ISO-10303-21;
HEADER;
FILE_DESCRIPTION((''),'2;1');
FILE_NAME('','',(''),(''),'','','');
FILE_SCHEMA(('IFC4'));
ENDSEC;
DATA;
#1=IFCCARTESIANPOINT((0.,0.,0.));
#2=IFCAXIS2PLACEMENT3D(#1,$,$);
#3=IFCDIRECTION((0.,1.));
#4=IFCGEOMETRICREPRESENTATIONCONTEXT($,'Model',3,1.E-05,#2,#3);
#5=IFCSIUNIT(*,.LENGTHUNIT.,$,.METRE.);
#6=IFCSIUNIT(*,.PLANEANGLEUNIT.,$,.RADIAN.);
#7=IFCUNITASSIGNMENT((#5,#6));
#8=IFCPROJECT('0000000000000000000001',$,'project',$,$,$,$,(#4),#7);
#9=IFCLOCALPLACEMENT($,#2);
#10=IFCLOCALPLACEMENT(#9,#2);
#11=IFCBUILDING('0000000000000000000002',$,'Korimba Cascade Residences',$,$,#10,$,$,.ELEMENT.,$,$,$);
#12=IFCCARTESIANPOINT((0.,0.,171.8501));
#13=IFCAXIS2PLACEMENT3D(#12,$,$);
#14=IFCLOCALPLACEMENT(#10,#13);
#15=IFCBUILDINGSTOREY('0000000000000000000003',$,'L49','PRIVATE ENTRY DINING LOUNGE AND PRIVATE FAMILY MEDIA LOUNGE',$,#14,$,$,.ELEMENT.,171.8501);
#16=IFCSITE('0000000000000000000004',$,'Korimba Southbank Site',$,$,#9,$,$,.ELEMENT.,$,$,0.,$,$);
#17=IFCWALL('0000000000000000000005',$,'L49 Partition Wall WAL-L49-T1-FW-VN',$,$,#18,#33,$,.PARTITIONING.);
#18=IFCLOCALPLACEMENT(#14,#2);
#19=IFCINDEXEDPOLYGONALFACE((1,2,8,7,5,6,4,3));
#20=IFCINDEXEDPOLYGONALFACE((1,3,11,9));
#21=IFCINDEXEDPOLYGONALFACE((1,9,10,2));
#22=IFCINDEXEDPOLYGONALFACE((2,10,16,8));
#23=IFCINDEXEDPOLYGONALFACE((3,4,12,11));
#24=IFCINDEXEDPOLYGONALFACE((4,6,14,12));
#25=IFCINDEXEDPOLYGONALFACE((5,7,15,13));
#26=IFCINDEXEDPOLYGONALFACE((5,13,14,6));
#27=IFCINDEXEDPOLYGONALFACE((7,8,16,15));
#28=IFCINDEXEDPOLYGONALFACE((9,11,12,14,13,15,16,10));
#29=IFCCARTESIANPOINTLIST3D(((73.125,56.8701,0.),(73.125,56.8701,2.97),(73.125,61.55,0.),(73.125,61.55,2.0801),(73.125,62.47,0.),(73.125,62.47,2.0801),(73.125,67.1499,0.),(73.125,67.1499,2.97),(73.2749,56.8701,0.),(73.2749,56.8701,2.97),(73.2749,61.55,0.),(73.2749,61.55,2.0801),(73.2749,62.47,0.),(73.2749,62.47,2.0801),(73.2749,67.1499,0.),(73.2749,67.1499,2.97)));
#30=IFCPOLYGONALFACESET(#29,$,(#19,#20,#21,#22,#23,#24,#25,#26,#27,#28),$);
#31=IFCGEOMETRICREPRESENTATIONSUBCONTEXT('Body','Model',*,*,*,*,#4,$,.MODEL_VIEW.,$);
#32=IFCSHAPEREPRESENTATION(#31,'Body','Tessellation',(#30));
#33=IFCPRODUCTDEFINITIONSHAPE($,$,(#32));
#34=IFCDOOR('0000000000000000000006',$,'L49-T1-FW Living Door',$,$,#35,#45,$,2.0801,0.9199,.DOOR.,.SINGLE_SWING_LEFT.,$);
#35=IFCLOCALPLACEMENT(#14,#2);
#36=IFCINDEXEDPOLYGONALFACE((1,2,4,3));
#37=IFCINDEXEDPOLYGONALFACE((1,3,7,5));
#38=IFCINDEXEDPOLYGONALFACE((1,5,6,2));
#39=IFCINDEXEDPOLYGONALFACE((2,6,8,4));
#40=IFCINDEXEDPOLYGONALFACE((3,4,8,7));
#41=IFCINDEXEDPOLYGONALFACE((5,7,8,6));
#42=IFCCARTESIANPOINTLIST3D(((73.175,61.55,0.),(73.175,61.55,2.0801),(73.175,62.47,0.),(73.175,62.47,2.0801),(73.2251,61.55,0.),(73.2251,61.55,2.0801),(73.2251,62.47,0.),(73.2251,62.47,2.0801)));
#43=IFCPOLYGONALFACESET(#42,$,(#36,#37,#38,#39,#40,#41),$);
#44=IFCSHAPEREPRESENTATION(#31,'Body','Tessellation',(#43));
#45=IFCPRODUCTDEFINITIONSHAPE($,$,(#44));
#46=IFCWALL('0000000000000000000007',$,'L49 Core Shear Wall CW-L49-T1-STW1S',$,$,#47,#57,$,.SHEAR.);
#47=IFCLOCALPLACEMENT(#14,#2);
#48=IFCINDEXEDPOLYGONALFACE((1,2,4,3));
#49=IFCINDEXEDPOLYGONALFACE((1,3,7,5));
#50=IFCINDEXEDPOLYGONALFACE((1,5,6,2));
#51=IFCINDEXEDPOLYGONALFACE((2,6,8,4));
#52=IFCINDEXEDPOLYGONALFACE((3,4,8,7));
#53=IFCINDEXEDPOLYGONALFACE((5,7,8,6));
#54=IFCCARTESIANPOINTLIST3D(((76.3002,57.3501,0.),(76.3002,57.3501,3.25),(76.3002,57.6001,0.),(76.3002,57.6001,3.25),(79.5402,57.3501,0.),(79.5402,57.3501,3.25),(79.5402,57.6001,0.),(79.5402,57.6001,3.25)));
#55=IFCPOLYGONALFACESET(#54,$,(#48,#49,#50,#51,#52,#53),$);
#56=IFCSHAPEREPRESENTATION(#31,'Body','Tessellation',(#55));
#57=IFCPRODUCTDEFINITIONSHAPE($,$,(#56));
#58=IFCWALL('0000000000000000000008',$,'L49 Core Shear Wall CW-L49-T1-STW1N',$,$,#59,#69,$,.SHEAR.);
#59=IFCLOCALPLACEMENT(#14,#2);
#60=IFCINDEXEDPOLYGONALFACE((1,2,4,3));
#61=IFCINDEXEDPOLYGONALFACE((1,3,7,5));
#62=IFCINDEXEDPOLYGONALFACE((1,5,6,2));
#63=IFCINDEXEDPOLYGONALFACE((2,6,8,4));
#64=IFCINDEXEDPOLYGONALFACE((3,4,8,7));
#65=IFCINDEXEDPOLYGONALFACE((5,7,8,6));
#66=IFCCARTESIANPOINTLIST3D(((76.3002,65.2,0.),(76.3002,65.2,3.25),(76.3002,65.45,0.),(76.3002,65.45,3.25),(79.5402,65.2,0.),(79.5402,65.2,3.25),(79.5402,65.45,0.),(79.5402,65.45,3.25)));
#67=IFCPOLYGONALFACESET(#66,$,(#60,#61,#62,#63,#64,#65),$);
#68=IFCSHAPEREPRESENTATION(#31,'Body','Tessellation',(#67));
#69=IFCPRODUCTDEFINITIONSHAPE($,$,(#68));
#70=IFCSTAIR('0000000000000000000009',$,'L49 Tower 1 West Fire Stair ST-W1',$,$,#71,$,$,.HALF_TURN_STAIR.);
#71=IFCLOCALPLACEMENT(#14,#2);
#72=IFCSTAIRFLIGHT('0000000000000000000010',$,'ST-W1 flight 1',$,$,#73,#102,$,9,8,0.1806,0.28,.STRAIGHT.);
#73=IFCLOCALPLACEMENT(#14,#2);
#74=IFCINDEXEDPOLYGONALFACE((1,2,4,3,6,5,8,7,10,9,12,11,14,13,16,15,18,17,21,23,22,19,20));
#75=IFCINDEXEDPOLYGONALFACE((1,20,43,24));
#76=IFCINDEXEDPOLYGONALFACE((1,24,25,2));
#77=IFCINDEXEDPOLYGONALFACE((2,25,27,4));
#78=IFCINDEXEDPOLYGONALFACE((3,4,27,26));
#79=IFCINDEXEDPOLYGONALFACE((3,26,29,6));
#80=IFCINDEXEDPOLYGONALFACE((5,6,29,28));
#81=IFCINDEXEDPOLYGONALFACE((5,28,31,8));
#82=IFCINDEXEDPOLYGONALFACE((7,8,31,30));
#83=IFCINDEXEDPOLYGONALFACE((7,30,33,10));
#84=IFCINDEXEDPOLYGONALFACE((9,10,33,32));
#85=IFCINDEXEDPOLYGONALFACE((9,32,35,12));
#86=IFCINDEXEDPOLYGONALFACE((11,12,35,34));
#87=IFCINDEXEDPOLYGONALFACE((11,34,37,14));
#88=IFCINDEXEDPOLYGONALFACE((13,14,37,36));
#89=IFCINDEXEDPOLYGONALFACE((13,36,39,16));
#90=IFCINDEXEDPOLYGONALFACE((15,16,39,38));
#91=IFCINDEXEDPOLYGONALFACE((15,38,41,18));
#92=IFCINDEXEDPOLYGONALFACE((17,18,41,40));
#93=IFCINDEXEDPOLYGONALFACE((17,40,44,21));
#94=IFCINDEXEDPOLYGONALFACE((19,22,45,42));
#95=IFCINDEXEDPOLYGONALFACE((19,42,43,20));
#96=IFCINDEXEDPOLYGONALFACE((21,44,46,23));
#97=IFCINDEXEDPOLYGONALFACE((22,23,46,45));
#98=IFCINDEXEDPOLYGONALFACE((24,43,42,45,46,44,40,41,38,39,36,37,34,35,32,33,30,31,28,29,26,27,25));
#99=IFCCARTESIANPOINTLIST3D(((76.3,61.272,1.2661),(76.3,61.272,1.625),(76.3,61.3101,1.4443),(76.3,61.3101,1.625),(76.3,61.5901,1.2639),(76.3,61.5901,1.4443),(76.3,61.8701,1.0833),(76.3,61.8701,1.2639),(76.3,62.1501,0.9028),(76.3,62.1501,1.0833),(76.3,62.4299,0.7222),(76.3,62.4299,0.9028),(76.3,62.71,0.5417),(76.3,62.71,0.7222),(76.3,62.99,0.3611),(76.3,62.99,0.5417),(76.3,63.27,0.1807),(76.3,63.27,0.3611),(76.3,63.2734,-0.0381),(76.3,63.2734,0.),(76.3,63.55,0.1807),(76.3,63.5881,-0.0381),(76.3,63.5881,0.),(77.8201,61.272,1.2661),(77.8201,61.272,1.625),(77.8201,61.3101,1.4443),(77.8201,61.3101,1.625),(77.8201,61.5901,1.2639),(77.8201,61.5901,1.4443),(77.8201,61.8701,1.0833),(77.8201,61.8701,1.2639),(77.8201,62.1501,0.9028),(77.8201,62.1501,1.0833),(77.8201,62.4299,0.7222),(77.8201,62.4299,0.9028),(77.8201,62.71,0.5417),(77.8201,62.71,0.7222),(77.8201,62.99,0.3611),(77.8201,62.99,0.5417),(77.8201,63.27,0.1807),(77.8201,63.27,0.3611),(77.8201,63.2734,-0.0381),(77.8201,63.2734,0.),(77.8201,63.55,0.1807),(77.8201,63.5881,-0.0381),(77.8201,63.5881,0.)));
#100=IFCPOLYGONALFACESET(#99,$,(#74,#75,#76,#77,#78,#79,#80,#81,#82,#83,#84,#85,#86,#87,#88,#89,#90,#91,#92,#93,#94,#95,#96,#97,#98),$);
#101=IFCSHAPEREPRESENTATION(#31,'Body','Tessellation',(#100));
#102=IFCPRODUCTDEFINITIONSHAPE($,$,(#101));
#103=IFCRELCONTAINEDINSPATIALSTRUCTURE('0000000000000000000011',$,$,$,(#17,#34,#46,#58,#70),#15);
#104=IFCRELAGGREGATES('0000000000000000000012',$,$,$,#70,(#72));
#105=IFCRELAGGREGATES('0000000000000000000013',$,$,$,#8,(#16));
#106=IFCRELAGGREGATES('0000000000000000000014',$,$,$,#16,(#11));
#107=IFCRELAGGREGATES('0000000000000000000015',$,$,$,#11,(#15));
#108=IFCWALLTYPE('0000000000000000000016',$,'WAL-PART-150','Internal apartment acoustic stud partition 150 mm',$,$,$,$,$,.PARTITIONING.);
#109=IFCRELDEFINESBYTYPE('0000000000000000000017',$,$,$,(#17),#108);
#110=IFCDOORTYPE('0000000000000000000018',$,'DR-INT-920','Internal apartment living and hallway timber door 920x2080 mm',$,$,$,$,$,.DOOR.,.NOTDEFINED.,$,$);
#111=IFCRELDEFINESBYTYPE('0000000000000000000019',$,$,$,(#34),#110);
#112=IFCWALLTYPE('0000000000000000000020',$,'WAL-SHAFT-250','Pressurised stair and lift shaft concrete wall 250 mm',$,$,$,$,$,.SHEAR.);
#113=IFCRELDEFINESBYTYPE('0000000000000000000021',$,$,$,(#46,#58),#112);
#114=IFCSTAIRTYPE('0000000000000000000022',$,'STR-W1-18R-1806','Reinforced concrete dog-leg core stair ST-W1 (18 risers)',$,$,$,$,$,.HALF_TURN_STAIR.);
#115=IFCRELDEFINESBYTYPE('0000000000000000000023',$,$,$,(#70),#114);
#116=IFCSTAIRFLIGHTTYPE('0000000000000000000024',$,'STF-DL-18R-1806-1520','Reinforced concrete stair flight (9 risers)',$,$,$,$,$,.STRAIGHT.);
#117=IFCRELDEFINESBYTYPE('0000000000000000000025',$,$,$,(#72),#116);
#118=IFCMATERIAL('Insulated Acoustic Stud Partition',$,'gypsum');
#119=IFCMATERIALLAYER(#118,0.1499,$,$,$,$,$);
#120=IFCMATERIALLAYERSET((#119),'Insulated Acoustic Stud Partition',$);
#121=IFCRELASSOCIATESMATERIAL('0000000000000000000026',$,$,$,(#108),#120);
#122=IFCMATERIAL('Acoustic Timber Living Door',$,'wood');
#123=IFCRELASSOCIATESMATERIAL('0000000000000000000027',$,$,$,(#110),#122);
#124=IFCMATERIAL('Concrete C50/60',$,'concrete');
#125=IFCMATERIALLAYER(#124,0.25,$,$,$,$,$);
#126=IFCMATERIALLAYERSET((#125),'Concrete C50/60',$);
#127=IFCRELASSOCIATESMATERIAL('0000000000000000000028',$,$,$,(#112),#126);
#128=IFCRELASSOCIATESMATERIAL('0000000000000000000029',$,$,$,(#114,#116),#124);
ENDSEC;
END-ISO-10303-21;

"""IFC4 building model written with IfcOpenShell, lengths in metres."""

from ifc_helpers import new_model, si_unit, direction, frame, frame_2d, origin, place, context, subcontext, project, spatial, polyline, rectangle, outline, extrude, material, layer, layer_set, type_object, element, fill, aggregate, save


model = new_model("IFC4")

# Units and contexts
model_context = context("Model", 3, precision=1e-05, world=origin(), true_north=direction((0.0, 1.0)))
body_context = subcontext(model_context, "Body", "Model", "MODEL_VIEW")
ifc_project = project(units=[si_unit("LENGTHUNIT", "METRE"), si_unit("PLANEANGLEUNIT", "RADIAN")], contexts=[model_context])

# Site, building, storey
site_placement = place(None, origin())
site = spatial("IfcSite", under=ifc_project, at=site_placement, Name="Korimba Southbank Site", CompositionType="ELEMENT", RefElevation=0.0)
building_placement = place(site_placement, origin())
building = spatial("IfcBuilding", under=site, at=building_placement, Name="Korimba Cascade Residences", CompositionType="ELEMENT")
storey_placement = place(building_placement, frame((0.0, 0.0, 171.8501)))
storey = spatial("IfcBuildingStorey", under=building, at=storey_placement, Name="L49", Description="PRIVATE ENTRY DINING LOUNGE AND PRIVATE FAMILY MEDIA LOUNGE", CompositionType="ELEMENT", Elevation=171.8501)

# Wall, opening, door
ifc_material_1 = material(Name="Insulated Acoustic Stud Partition", Category="gypsum")
ifc_layer_1 = layer(ifc_material_1, 0.1499)
ifc_layer_set_1 = layer_set([ifc_layer_1], Name="Insulated Acoustic Stud Partition")
wall_type_1 = type_object("IfcWallType", Name="WAL-PART-150", Description="Internal apartment acoustic stud partition 150 mm", PredefinedType="PARTITIONING", material=ifc_layer_set_1)
wall_1_placement = place(storey_placement, frame((73.2, 56.8701, 0.0), z_axis=(0.0, 0.0, 1.0), x_axis=(0.0, 1.0, 0.0)))
wall_1 = element("IfcWall", 1, at=wall_1_placement, inside=storey, type_object=wall_type_1, Name="L49 Partition Wall WAL-L49-T1-FW-VN", PredefinedType="PARTITIONING", context=body_context, shape_type="SweptSolid", body=[
    extrude(rectangle(XDim=10.2798, YDim=0.1499, at=frame_2d((5.1399, 0.0))), origin(), (0.0, 0.0, 1.0), 2.97),
])
opening_1_placement = place(wall_1_placement, frame((4.6799, 0.0, 0.0)))
opening_1 = element("IfcOpeningElement", 2, at=opening_1_placement, cuts=wall_1, PredefinedType="OPENING", context=body_context, shape_type="SweptSolid", body=[
    extrude(rectangle(XDim=0.9199, YDim=2.0801, at=frame_2d((0.46, 1.04))), frame((0.0, 0.085, 0.0), z_axis=(0.0, -1.0, 0.0), x_axis=(1.0, 0.0, 0.0)), (0.0, 0.0, 1.0), 0.1699),
])
ifc_material_2 = material(Name="Acoustic Timber Living Door", Category="wood")
door_type_1 = type_object("IfcDoorType", Name="DR-INT-920", Description="Internal apartment living and hallway timber door 920x2080 mm", OperationType="NOTDEFINED", PredefinedType="DOOR", material=ifc_material_2)
door_1_placement = place(opening_1_placement, origin())
door_1 = element("IfcDoor", 3, at=door_1_placement, inside=storey, type_object=door_type_1, Name="L49-T1-FW Living Door", OperationType="SINGLE_SWING_LEFT", OverallHeight=2.0801, OverallWidth=0.9199, PredefinedType="DOOR", context=body_context, shape_type="SweptSolid", body=[
    extrude(rectangle(XDim=0.9199, YDim=2.0801, at=frame_2d((0.46, 1.04))), frame((0.0, 0.0249, 0.0), z_axis=(0.0, -1.0, 0.0), x_axis=(1.0, 0.0, 0.0)), (0.0, 0.0, 1.0), 0.05),
])
fill(opening_1, door_1)

# Walls
ifc_material_3 = material(Name="Concrete C50/60", Category="concrete")
ifc_layer_2 = layer(ifc_material_3, 0.25)
ifc_layer_set_2 = layer_set([ifc_layer_2], Name="Concrete C50/60")
wall_type_2 = type_object("IfcWallType", Name="WAL-SHAFT-250", Description="Pressurised stair and lift shaft concrete wall 250 mm", PredefinedType="SHEAR", material=ifc_layer_set_2)
for number, where, z_axis, x_axis, name in (
    (4, (76.3, 57.4751, 0.0), (0.0, 0.0, 1.0), (1.0, 0.0, 0.0), "L49 Core Shear Wall CW-L49-T1-STW1S"),
    (5, (76.3, 65.325, 0.0), (0.0, 0.0, 1.0), (1.0, 0.0, 0.0), "L49 Core Shear Wall CW-L49-T1-STW1N"),
):
    element("IfcWall", number, at=place(storey_placement, frame(where, z_axis=z_axis, x_axis=x_axis)), inside=storey, type_object=wall_type_2, Name=name, PredefinedType="SHEAR", context=body_context, shape_type="SweptSolid", body=[
        extrude(rectangle(XDim=3.24, YDim=0.25, at=frame_2d((1.6201, 0.0))), origin(), (0.0, 0.0, 1.0), 3.25),
    ])

# Stair, stair flight
stair_type = type_object("IfcStairType", Name="STR-W1-18R-1806", Description="Reinforced concrete dog-leg core stair ST-W1 (18 risers)", PredefinedType="HALF_TURN_STAIR", material=ifc_material_3)
stair_placement = place(storey_placement, origin())
stair = element("IfcStair", 6, at=stair_placement, inside=storey, type_object=stair_type, Name="L49 Tower 1 West Fire Stair ST-W1", PredefinedType="HALF_TURN_STAIR")
stair_flight_type = type_object("IfcStairFlightType", Name="STF-DL-18R-1806-1520", Description="Reinforced concrete stair flight (9 risers)", PredefinedType="STRAIGHT", material=ifc_material_3)
stair_flight_placement = place(storey_placement, frame((77.0601, 63.55, 0.0), z_axis=(0.0, 0.0, 1.0), x_axis=(0.0, -1.0, 0.0)))
stair_flight = element("IfcStairFlight", 7, at=stair_flight_placement, type_object=stair_flight_type, Name="ST-W1 flight 1", NumberOfRisers=9, NumberOfTreads=8, PredefinedType="STRAIGHT", RiserHeight=0.1806, TreadLength=0.28, context=body_context, shape_type="SweptSolid", body=[
    extrude(outline(polyline([(-0.0381, 0.0), (0.0, 0.1807), (0.28, 0.1807), (0.28, 0.3611), (0.5601, 0.3611), (0.5601, 0.5417), (0.8401, 0.5417), (0.8401, 0.7222), (1.1201, 0.7222), (1.1201, 0.9028), (1.3999, 0.9028), (1.3999, 1.0833), (1.6799, 1.0833), (1.6799, 1.2639), (1.96, 1.2639), (1.96, 1.4443), (2.24, 1.4443), (2.24, 1.625), (2.2781, 1.625), (2.2781, 1.2661), (0.2766, 0.0), (0.2766, -0.0381), (-0.0381, -0.0381), (-0.0381, 0.0)])), frame((0.0, 0.76, 0.0), z_axis=(0.0, -1.0, 0.0), x_axis=(1.0, 0.0, 0.0)), (0.0, 0.0, 1.0), 1.52),
])
aggregate(stair, [stair_flight])

save(model, "model.ifc")
